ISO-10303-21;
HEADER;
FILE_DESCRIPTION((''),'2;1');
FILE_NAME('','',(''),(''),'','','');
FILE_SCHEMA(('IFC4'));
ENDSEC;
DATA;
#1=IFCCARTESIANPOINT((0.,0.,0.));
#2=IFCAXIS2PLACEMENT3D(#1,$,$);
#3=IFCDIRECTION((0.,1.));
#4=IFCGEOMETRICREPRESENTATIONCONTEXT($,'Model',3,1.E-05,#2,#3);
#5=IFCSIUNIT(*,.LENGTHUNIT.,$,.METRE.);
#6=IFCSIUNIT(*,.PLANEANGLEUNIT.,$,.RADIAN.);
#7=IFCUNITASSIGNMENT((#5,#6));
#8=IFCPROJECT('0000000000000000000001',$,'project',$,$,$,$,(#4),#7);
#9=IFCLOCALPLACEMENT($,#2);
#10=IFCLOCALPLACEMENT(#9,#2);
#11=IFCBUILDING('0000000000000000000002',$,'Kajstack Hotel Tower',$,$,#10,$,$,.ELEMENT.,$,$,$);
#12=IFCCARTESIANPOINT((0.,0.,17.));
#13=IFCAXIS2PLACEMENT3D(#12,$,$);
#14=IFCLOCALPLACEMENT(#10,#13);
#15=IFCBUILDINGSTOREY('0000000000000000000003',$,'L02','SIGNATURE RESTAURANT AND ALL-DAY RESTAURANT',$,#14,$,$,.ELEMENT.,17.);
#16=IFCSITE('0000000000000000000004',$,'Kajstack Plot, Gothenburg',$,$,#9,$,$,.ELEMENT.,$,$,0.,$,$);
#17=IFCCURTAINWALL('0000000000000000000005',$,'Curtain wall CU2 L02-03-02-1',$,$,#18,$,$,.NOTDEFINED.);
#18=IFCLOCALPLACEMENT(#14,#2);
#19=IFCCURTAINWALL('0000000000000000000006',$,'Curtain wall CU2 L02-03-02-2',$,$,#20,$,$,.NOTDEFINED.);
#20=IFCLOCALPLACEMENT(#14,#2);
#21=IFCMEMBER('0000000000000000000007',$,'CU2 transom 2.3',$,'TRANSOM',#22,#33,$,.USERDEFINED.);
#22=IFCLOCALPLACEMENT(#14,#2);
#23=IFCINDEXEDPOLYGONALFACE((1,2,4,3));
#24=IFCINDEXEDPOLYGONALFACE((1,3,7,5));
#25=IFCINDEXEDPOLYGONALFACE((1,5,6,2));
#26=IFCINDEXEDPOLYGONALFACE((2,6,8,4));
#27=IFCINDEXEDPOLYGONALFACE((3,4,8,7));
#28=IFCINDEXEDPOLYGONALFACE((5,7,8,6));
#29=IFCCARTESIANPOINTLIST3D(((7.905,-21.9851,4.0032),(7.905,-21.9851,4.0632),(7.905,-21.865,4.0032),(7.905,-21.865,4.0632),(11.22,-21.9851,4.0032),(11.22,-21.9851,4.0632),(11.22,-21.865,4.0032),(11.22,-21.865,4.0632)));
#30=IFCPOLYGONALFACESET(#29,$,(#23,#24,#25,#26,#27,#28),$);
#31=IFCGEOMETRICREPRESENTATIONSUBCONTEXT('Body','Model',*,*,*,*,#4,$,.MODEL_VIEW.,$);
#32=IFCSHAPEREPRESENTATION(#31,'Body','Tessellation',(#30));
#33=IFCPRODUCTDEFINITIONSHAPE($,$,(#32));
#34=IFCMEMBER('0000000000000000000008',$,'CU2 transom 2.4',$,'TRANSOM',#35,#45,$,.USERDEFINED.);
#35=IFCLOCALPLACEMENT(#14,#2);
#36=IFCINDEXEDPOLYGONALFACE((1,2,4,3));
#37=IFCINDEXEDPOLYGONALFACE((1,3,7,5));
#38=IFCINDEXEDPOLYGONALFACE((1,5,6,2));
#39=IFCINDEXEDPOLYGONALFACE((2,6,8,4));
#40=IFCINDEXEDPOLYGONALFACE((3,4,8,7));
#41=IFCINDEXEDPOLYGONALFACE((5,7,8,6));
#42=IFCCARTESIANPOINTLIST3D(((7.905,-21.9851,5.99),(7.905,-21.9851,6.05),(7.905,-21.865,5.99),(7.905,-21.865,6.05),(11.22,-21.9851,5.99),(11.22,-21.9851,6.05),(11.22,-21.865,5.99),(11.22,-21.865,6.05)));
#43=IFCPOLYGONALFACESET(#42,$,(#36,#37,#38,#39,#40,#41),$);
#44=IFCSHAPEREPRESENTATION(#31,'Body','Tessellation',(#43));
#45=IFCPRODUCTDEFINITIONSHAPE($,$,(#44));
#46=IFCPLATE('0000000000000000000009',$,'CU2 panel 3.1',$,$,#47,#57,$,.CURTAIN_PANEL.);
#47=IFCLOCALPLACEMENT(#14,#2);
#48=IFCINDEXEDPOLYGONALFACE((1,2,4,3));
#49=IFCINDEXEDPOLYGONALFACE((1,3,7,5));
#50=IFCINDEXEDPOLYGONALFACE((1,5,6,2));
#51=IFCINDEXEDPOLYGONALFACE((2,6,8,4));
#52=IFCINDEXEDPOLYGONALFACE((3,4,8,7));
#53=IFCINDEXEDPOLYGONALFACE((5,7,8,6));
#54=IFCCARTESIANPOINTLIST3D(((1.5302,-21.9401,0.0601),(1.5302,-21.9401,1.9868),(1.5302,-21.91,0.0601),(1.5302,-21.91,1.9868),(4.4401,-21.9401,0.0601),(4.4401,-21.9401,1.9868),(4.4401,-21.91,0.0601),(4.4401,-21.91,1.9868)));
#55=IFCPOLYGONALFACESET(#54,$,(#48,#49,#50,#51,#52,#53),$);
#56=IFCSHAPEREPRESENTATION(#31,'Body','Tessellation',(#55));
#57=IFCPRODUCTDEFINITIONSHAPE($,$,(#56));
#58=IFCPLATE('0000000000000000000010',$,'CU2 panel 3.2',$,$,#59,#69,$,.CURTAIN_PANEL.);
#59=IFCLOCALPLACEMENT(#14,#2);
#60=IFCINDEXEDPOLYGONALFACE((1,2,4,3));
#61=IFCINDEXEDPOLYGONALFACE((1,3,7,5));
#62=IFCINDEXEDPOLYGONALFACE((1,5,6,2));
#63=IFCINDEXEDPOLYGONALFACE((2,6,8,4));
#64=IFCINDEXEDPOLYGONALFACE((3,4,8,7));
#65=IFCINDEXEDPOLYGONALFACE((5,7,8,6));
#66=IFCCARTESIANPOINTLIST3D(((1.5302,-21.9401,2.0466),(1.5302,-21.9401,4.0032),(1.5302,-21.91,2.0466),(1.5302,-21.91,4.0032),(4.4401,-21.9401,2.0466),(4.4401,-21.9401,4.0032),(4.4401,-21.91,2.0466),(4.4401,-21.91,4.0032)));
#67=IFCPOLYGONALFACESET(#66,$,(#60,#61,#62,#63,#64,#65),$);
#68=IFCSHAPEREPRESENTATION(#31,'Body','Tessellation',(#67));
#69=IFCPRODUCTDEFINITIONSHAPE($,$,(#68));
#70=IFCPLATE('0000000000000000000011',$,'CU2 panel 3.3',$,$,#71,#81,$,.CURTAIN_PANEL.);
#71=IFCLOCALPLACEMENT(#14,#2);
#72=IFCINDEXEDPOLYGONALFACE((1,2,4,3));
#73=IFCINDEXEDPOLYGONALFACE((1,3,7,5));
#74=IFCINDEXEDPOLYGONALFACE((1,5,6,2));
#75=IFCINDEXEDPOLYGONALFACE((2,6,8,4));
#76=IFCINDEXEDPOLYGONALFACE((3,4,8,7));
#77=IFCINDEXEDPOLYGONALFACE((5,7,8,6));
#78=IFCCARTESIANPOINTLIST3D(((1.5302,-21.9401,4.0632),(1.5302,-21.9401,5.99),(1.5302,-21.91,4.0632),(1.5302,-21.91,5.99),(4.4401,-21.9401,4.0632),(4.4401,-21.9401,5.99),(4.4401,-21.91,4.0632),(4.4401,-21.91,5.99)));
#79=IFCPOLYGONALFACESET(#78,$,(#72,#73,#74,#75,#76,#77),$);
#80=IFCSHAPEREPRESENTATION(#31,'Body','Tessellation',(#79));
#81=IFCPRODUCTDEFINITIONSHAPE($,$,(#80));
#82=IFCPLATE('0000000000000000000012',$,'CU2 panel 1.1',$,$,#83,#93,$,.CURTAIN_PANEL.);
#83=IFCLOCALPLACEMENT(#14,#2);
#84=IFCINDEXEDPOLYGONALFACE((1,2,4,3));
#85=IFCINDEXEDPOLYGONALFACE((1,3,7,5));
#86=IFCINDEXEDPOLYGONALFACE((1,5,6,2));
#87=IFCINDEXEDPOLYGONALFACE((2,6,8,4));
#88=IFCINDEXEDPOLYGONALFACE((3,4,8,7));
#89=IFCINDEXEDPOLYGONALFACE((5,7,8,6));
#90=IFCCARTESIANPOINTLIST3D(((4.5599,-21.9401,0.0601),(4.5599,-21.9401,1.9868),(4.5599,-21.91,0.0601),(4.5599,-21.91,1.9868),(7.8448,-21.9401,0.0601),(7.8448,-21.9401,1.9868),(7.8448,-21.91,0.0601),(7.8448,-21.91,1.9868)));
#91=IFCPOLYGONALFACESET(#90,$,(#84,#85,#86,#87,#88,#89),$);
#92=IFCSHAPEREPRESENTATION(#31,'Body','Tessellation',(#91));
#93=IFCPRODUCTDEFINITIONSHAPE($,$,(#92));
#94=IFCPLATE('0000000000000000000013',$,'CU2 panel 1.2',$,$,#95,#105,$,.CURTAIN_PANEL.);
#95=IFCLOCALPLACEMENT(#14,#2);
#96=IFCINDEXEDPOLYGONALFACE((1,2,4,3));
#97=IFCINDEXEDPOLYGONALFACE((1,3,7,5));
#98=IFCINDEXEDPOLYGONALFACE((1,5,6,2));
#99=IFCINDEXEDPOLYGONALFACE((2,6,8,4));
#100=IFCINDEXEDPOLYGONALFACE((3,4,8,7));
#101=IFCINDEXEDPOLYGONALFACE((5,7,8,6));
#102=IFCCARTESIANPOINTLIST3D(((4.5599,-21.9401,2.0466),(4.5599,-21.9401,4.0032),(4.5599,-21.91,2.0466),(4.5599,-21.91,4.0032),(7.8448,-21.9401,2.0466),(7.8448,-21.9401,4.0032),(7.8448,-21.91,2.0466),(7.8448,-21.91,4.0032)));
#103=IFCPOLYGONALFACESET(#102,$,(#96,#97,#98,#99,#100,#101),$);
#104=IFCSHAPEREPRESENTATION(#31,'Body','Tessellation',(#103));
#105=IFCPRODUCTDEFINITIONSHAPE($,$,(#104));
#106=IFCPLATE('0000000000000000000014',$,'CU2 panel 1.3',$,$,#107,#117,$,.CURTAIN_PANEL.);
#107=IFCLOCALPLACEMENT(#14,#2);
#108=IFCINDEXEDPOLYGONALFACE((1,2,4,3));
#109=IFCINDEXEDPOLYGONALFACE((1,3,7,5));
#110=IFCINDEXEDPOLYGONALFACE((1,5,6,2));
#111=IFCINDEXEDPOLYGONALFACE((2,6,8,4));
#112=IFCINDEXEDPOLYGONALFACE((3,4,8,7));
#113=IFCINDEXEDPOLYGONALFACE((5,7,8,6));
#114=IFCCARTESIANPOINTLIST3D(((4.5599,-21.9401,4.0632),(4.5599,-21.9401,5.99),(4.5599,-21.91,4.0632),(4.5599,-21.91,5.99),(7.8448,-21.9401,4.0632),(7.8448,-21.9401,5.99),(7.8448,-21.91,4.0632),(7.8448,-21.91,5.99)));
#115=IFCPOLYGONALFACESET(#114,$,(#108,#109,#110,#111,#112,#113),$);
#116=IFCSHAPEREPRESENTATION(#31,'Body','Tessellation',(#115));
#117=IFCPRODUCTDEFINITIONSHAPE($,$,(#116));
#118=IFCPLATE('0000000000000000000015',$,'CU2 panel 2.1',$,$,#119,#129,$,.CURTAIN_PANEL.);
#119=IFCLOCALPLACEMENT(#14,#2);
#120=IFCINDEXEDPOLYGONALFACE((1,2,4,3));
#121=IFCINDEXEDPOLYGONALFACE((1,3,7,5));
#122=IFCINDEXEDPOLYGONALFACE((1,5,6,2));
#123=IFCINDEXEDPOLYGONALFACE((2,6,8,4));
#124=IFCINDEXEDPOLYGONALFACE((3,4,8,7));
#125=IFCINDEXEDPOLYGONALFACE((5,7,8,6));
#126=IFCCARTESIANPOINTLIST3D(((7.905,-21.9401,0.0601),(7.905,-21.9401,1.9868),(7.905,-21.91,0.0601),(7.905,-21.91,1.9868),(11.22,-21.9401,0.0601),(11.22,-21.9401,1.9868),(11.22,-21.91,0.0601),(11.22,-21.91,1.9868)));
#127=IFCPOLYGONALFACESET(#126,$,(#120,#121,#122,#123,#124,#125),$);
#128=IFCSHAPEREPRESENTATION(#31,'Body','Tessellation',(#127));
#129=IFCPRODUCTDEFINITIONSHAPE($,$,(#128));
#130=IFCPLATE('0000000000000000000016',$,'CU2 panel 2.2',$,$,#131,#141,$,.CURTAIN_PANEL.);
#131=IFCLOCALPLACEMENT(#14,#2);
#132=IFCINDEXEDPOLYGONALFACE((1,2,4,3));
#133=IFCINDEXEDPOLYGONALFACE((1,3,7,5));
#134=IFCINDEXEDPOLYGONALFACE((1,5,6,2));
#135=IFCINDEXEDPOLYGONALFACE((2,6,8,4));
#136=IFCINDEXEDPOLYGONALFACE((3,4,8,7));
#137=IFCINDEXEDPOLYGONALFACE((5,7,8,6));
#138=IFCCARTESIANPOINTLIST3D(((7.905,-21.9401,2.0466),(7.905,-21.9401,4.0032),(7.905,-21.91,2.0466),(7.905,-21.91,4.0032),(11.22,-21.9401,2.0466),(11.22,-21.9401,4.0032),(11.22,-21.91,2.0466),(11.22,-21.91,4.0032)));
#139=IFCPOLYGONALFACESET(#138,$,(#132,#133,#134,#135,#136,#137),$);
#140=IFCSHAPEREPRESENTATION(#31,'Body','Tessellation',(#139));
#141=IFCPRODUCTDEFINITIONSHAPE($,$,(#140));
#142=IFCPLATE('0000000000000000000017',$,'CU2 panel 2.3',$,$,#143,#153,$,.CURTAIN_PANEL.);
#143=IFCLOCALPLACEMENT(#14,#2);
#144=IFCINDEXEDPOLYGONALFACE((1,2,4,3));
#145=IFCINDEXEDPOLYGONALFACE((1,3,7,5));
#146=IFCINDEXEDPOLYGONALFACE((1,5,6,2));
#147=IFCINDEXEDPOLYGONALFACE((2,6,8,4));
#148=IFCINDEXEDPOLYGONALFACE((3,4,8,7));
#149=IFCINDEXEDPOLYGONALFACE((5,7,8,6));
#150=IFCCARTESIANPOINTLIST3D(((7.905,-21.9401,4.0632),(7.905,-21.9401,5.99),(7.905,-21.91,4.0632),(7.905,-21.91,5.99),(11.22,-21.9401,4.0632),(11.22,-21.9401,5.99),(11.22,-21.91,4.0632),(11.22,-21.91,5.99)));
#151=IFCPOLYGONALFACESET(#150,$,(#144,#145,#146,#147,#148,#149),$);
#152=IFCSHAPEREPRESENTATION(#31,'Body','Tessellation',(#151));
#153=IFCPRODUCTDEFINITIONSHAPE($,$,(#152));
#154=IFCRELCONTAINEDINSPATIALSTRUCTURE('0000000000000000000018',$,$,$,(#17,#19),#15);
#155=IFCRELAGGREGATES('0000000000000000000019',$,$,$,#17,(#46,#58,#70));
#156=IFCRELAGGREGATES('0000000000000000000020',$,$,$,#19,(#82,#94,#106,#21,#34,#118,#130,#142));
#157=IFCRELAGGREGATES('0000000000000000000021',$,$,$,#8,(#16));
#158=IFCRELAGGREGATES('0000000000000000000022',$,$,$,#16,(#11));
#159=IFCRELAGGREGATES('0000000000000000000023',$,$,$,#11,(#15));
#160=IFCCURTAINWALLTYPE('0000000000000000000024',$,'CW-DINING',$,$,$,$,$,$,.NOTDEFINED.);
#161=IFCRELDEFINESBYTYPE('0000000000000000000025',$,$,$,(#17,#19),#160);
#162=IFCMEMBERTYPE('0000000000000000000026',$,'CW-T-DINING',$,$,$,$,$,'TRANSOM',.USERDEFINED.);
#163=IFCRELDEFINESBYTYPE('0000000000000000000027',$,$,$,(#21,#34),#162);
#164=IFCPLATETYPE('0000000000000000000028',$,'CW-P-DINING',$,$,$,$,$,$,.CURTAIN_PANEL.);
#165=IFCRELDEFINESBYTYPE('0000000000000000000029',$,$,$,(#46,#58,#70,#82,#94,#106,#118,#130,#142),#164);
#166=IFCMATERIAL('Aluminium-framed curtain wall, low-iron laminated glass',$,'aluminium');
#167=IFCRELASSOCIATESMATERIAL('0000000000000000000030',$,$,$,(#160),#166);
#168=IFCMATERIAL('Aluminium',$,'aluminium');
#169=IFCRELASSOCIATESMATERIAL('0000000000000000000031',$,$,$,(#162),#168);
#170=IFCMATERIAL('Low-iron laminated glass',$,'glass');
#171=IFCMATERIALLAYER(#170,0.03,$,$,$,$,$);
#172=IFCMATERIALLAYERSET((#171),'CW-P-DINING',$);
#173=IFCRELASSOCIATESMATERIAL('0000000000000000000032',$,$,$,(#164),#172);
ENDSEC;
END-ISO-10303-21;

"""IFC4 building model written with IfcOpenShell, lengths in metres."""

from ifc_helpers import new_model, si_unit, direction, frame, origin, origin_2d, place, context, subcontext, project, spatial, rectangle, extrude, material, layer, layer_set, material_profile, profile_set, type_object, element, aggregate, save


model = new_model("IFC4")

# Units and contexts
model_context = context("Model", 3, precision=1e-05, world=origin(), true_north=direction((0.0, 1.0)))
body_context = subcontext(model_context, "Body", "Model", "MODEL_VIEW")
ifc_project = project(units=[si_unit("LENGTHUNIT", "METRE"), si_unit("PLANEANGLEUNIT", "RADIAN")], contexts=[model_context])

# Site, building, storey
site_placement = place(None, origin())
site = spatial("IfcSite", under=ifc_project, at=site_placement, Name="Kajstack Plot, Gothenburg", CompositionType="ELEMENT", RefElevation=0.0)
building_placement = place(site_placement, origin())
building = spatial("IfcBuilding", under=site, at=building_placement, Name="Kajstack Hotel Tower", CompositionType="ELEMENT")
storey_placement = place(building_placement, frame((0.0, 0.0, 17.0)))
storey = spatial("IfcBuildingStorey", under=building, at=storey_placement, Name="L02", Description="SIGNATURE RESTAURANT AND ALL-DAY RESTAURANT", CompositionType="ELEMENT", Elevation=17.0)

# Curtain walls
ifc_material_1 = material(Name="Aluminium-framed curtain wall, low-iron laminated glass", Category="aluminium")
curtain_wall_type = type_object("IfcCurtainWallType", Name="CW-DINING", PredefinedType="NOTDEFINED", material=ifc_material_1)
curtain_wall_1_placement = place(storey_placement, origin())
curtain_wall_1 = element("IfcCurtainWall", 1, at=curtain_wall_1_placement, inside=storey, type_object=curtain_wall_type, Name="Curtain wall CU2 L02-03-02-1", PredefinedType="NOTDEFINED")
ifc_material_2 = material(Name="Aluminium", Category="aluminium")
curtain_wall_2_placement = place(storey_placement, origin())
curtain_wall_2 = element("IfcCurtainWall", 2, at=curtain_wall_2_placement, inside=storey, type_object=curtain_wall_type, Name="Curtain wall CU2 L02-03-02-2", PredefinedType="NOTDEFINED")

# Members
ifc_material_profile_1 = material_profile(ifc_material_2, rectangle(XDim=0.1201, YDim=0.0601, at=origin_2d()), Name="Aluminium transom 120 x 60")
ifc_profile_set_1 = profile_set([ifc_material_profile_1], Name="Aluminium")
member_type_1 = type_object("IfcMemberType", Name="CW-T-DINING", ElementType="TRANSOM", PredefinedType="USERDEFINED", material=ifc_profile_set_1)
member_1_placement = place(storey_placement, frame((7.905, -21.925, 4.0332), z_axis=(1.0, 0.0, 0.0), x_axis=(0.0, 1.0, 0.0)))
member_1 = element("IfcMember", 3, at=member_1_placement, type_object=member_type_1, Name="CU2 transom 2.3", ObjectType="TRANSOM", PredefinedType="USERDEFINED", context=body_context, shape_type="SweptSolid", body=[
    extrude(rectangle(XDim=0.1201, YDim=0.0601, at=origin_2d()), origin(), (0.0, 0.0, 1.0), 3.3149),
])
member_2_placement = place(storey_placement, frame((7.905, -21.925, 6.02), z_axis=(1.0, 0.0, 0.0), x_axis=(0.0, 1.0, 0.0)))
member_2 = element("IfcMember", 4, at=member_2_placement, type_object=member_type_1, Name="CU2 transom 2.4", ObjectType="TRANSOM", PredefinedType="USERDEFINED", context=body_context, shape_type="SweptSolid", body=[
    extrude(rectangle(XDim=0.1201, YDim=0.0601, at=origin_2d()), origin(), (0.0, 0.0, 1.0), 3.3149),
])

# Plates
ifc_material_3 = material(Name="Low-iron laminated glass", Category="glass")
ifc_layer = layer(ifc_material_3, 0.03)
ifc_layer_set = layer_set([ifc_layer], Name="CW-P-DINING")
plate_type = type_object("IfcPlateType", Name="CW-P-DINING", PredefinedType="CURTAIN_PANEL", material=ifc_layer_set)
plate_1_placement = place(storey_placement, frame((2.9851, -21.925, 0.0601), z_axis=(0.0, 0.0, 1.0), x_axis=(1.0, 0.0, 0.0)))
plate_1 = element("IfcPlate", 5, at=plate_1_placement, type_object=plate_type, Name="CU2 panel 3.1", PredefinedType="CURTAIN_PANEL", context=body_context, shape_type="SweptSolid", body=[
    extrude(rectangle(XDim=2.9099, YDim=0.03, at=origin_2d()), origin(), (0.0, 0.0, 1.0), 1.9268),
])
plate_2_placement = place(storey_placement, frame((2.9851, -21.925, 2.0466), z_axis=(0.0, 0.0, 1.0), x_axis=(1.0, 0.0, 0.0)))
plate_2 = element("IfcPlate", 6, at=plate_2_placement, type_object=plate_type, Name="CU2 panel 3.2", PredefinedType="CURTAIN_PANEL", context=body_context, shape_type="SweptSolid", body=[
    extrude(rectangle(XDim=2.9099, YDim=0.03, at=origin_2d()), origin(), (0.0, 0.0, 1.0), 1.9565),
])
plate_3_placement = place(storey_placement, frame((2.9851, -21.925, 4.0632), z_axis=(0.0, 0.0, 1.0), x_axis=(1.0, 0.0, 0.0)))
plate_3 = element("IfcPlate", 7, at=plate_3_placement, type_object=plate_type, Name="CU2 panel 3.3", PredefinedType="CURTAIN_PANEL", context=body_context, shape_type="SweptSolid", body=[
    extrude(rectangle(XDim=2.9099, YDim=0.03, at=origin_2d()), origin(), (0.0, 0.0, 1.0), 1.9268),
])
aggregate(curtain_wall_1, [plate_1, plate_2, plate_3])
plate_4_placement = place(storey_placement, frame((6.2024, -21.925, 0.0601), z_axis=(0.0, 0.0, 1.0), x_axis=(1.0, 0.0, 0.0)))
plate_4 = element("IfcPlate", 8, at=plate_4_placement, type_object=plate_type, Name="CU2 panel 1.1", PredefinedType="CURTAIN_PANEL", context=body_context, shape_type="SweptSolid", body=[
    extrude(rectangle(XDim=3.2849, YDim=0.03, at=origin_2d()), origin(), (0.0, 0.0, 1.0), 1.9268),
])
plate_5_placement = place(storey_placement, frame((6.2024, -21.925, 2.0466), z_axis=(0.0, 0.0, 1.0), x_axis=(1.0, 0.0, 0.0)))
plate_5 = element("IfcPlate", 9, at=plate_5_placement, type_object=plate_type, Name="CU2 panel 1.2", PredefinedType="CURTAIN_PANEL", context=body_context, shape_type="SweptSolid", body=[
    extrude(rectangle(XDim=3.2849, YDim=0.03, at=origin_2d()), origin(), (0.0, 0.0, 1.0), 1.9565),
])
plate_6_placement = place(storey_placement, frame((6.2024, -21.925, 4.0632), z_axis=(0.0, 0.0, 1.0), x_axis=(1.0, 0.0, 0.0)))
plate_6 = element("IfcPlate", 10, at=plate_6_placement, type_object=plate_type, Name="CU2 panel 1.3", PredefinedType="CURTAIN_PANEL", context=body_context, shape_type="SweptSolid", body=[
    extrude(rectangle(XDim=3.2849, YDim=0.03, at=origin_2d()), origin(), (0.0, 0.0, 1.0), 1.9268),
])
plate_7_placement = place(storey_placement, frame((9.5625, -21.925, 0.0601), z_axis=(0.0, 0.0, 1.0), x_axis=(1.0, 0.0, 0.0)))
plate_7 = element("IfcPlate", 11, at=plate_7_placement, type_object=plate_type, Name="CU2 panel 2.1", PredefinedType="CURTAIN_PANEL", context=body_context, shape_type="SweptSolid", body=[
    extrude(rectangle(XDim=3.3149, YDim=0.03, at=origin_2d()), origin(), (0.0, 0.0, 1.0), 1.9268),
])
plate_8_placement = place(storey_placement, frame((9.5625, -21.925, 2.0466), z_axis=(0.0, 0.0, 1.0), x_axis=(1.0, 0.0, 0.0)))
plate_8 = element("IfcPlate", 12, at=plate_8_placement, type_object=plate_type, Name="CU2 panel 2.2", PredefinedType="CURTAIN_PANEL", context=body_context, shape_type="SweptSolid", body=[
    extrude(rectangle(XDim=3.3149, YDim=0.03, at=origin_2d()), origin(), (0.0, 0.0, 1.0), 1.9565),
])
plate_9_placement = place(storey_placement, frame((9.5625, -21.925, 4.0632), z_axis=(0.0, 0.0, 1.0), x_axis=(1.0, 0.0, 0.0)))
plate_9 = element("IfcPlate", 13, at=plate_9_placement, type_object=plate_type, Name="CU2 panel 2.3", PredefinedType="CURTAIN_PANEL", context=body_context, shape_type="SweptSolid", body=[
    extrude(rectangle(XDim=3.3149, YDim=0.03, at=origin_2d()), origin(), (0.0, 0.0, 1.0), 1.9268),
])
aggregate(curtain_wall_2, [plate_4, plate_5, plate_6, member_1, member_2, plate_7, plate_8, plate_9])

save(model, "model.ifc")
